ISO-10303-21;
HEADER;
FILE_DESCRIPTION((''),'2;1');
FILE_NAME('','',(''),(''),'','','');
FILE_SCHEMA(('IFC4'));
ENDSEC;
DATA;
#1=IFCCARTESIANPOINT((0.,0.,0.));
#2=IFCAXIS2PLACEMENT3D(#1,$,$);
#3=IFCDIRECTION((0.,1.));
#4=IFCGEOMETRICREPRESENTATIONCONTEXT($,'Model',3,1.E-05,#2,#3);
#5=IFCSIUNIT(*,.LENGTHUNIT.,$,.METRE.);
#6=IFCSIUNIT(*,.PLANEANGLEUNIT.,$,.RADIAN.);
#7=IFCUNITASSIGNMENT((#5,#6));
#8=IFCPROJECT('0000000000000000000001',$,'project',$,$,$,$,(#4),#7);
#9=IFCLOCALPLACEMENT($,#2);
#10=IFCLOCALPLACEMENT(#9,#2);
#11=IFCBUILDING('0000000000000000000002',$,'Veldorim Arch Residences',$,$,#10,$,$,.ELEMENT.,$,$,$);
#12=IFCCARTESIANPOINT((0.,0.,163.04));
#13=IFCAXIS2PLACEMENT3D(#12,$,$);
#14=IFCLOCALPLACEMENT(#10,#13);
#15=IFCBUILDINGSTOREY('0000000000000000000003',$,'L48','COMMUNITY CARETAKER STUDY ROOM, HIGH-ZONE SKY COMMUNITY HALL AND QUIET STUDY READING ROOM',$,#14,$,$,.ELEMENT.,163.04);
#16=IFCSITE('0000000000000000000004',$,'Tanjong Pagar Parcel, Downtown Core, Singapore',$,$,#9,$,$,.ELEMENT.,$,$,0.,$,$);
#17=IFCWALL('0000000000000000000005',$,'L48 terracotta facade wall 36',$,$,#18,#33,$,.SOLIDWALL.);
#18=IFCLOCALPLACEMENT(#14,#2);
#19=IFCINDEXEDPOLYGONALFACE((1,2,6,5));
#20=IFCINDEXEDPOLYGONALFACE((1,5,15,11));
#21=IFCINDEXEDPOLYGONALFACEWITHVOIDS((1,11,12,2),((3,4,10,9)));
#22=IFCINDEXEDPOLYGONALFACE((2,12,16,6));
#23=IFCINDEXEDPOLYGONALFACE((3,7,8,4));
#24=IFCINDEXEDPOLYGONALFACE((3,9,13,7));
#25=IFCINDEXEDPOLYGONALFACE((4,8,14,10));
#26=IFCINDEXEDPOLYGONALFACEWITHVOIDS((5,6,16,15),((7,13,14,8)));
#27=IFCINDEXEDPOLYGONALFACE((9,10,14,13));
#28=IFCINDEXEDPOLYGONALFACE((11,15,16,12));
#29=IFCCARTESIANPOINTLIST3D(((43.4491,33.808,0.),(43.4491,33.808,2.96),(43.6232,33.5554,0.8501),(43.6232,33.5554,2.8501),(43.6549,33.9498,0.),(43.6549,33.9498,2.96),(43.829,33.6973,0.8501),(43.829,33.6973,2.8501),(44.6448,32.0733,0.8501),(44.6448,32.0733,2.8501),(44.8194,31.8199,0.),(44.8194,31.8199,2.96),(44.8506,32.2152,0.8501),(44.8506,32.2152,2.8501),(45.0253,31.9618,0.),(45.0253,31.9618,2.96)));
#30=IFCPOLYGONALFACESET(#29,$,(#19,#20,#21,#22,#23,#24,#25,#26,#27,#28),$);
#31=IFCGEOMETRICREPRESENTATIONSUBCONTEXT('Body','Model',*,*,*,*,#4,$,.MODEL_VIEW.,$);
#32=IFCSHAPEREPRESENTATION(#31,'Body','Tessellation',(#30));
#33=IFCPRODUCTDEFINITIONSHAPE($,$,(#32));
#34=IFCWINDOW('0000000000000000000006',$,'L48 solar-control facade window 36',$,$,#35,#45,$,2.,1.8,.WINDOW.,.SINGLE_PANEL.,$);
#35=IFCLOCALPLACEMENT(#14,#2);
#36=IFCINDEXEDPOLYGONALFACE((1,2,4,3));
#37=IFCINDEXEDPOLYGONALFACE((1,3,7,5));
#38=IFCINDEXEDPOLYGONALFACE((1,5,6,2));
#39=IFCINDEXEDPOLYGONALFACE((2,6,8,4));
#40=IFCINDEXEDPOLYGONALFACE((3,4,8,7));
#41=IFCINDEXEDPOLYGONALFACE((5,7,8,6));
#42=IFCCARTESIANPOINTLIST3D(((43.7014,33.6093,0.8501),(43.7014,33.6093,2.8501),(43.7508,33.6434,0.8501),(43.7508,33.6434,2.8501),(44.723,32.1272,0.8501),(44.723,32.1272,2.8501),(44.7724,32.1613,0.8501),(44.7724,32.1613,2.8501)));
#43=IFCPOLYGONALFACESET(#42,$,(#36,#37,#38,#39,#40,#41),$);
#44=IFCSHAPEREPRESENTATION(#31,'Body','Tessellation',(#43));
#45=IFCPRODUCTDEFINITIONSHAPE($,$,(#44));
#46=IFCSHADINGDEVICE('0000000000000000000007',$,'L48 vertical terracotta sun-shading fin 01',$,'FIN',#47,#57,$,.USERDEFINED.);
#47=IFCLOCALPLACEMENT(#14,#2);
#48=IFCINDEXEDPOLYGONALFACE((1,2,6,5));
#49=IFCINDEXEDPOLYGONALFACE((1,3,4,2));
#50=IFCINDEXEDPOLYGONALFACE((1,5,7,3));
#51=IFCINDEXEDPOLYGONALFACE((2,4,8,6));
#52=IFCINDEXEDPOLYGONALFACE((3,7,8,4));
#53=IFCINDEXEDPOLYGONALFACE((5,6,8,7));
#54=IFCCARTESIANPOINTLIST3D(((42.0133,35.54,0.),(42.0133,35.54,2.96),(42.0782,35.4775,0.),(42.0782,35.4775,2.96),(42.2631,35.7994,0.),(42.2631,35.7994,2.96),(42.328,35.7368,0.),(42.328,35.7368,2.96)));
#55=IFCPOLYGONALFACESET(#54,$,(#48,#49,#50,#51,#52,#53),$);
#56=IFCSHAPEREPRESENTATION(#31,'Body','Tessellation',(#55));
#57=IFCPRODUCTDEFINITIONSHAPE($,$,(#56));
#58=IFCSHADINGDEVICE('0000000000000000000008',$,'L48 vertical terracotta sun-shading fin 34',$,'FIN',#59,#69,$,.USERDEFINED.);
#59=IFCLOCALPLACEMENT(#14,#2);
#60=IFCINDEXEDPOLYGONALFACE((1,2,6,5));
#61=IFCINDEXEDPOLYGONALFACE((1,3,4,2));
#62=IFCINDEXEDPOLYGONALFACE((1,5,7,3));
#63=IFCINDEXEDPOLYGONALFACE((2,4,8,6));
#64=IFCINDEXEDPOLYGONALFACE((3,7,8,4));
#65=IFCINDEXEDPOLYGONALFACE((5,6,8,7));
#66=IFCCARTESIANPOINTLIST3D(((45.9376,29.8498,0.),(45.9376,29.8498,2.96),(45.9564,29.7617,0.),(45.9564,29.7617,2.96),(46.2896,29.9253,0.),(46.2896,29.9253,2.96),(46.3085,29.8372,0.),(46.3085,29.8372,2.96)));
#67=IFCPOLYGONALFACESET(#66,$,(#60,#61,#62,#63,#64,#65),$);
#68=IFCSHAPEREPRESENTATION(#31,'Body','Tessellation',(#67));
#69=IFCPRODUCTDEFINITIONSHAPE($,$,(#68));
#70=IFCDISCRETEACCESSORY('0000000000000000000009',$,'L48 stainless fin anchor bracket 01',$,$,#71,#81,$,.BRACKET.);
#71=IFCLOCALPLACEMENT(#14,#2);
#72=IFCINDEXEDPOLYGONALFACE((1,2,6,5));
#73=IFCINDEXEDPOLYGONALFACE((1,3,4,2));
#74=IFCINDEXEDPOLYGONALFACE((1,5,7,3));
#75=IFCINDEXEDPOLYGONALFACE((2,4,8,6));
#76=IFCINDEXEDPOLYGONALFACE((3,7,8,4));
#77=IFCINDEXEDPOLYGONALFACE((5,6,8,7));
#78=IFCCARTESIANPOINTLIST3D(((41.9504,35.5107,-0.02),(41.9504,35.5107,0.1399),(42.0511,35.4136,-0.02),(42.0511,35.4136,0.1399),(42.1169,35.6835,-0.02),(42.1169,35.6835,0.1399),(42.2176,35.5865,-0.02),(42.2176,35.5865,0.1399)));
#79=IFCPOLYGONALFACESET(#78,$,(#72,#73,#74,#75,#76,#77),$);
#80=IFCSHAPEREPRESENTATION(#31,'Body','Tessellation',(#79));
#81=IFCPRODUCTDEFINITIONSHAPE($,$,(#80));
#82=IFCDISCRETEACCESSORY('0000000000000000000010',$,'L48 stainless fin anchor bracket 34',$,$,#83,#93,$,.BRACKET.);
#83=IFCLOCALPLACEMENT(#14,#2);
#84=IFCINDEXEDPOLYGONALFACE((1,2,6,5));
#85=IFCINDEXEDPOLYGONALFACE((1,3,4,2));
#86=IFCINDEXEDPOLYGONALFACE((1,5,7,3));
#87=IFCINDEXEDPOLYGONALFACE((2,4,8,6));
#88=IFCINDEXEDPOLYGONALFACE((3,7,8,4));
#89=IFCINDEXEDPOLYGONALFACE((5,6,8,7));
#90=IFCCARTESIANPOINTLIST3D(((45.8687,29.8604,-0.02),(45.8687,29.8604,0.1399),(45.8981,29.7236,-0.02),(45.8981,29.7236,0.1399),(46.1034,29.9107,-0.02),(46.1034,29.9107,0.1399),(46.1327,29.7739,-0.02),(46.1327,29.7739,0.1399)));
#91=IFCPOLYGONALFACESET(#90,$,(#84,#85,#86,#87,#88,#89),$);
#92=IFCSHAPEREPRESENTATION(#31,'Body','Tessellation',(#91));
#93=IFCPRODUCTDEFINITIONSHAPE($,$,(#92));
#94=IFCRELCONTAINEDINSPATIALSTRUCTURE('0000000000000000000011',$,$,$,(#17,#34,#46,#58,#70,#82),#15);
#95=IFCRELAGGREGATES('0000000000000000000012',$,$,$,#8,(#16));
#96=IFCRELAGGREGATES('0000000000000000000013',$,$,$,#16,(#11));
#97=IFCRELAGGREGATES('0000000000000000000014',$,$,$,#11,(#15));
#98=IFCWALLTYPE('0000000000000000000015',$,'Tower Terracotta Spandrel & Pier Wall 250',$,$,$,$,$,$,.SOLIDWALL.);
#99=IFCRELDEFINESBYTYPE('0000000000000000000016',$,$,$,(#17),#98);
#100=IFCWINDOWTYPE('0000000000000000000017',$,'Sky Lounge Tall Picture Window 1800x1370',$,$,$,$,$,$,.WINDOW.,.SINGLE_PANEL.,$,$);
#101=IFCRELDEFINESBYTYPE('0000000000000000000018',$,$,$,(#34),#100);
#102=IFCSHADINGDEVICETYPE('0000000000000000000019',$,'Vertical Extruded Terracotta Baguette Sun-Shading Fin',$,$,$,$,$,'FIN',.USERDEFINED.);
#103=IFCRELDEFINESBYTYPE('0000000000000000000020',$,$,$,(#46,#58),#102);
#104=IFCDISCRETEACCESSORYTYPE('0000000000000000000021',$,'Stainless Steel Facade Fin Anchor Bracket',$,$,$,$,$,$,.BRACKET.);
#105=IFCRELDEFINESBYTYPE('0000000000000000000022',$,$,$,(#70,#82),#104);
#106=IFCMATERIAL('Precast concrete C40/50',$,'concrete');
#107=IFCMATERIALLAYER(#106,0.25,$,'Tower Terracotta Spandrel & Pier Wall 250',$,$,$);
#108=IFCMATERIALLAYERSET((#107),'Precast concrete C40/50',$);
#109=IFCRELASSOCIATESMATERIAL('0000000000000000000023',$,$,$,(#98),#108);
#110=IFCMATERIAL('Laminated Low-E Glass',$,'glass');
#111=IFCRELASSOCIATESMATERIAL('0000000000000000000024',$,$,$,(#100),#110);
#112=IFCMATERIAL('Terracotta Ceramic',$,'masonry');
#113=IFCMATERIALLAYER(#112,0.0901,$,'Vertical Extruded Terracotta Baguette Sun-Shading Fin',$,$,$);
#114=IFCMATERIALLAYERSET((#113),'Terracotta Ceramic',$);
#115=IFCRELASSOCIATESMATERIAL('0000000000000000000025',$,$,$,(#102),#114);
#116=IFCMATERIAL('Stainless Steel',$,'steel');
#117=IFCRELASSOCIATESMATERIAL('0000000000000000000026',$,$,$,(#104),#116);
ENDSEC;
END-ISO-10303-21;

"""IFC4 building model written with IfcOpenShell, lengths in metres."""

from ifc_helpers import new_model, si_unit, direction, frame, frame_2d, origin, origin_2d, place, context, subcontext, project, spatial, rectangle, extrude, material, layer, layer_set, type_object, element, fill, save


model = new_model("IFC4")

# Units and contexts
model_context = context("Model", 3, precision=1e-05, world=origin(), true_north=direction((0.0, 1.0)))
body_context = subcontext(model_context, "Body", "Model", "MODEL_VIEW")
ifc_project = project(units=[si_unit("LENGTHUNIT", "METRE"), si_unit("PLANEANGLEUNIT", "RADIAN")], contexts=[model_context])

# Site, building, storey
site_placement = place(None, origin())
site = spatial("IfcSite", under=ifc_project, at=site_placement, Name="Tanjong Pagar Parcel, Downtown Core, Singapore", CompositionType="ELEMENT", RefElevation=0.0)
building_placement = place(site_placement, origin())
building = spatial("IfcBuilding", under=site, at=building_placement, Name="Veldorim Arch Residences", CompositionType="ELEMENT")
storey_placement = place(building_placement, frame((0.0, 0.0, 163.04)))
storey = spatial("IfcBuildingStorey", under=building, at=storey_placement, Name="L48", Description="COMMUNITY CARETAKER STUDY ROOM, HIGH-ZONE SKY COMMUNITY HALL AND QUIET STUDY READING ROOM", CompositionType="ELEMENT", Elevation=163.04)

# Shared definitions
ifc_material_1 = material(Name="Precast concrete C40/50", Category="concrete")
ifc_layer_1 = layer(ifc_material_1, 0.25, Name="Tower Terracotta Spandrel & Pier Wall 250")
ifc_layer_set_1 = layer_set([ifc_layer_1], Name="Precast concrete C40/50")
wall_type_1 = type_object("IfcWallType", Name="Tower Terracotta Spandrel & Pier Wall 250", PredefinedType="SOLIDWALL", material=ifc_layer_set_1)

# Wall, opening, window
wall_1_placement = place(storey_placement, frame((43.552, 33.8789, 0.0), z_axis=(0.0, 0.0, 1.0), x_axis=(0.567537, -0.823348, 0.0)))
wall_1 = element("IfcWall", 1, at=wall_1_placement, inside=storey, type_object=wall_type_1, Name="L48 terracotta facade wall 36", PredefinedType="SOLIDWALL", context=body_context, shape_type="SweptSolid", body=[
    extrude(rectangle(XDim=2.4146, YDim=0.25, at=frame_2d((1.2073, 0.0))), origin(), (0.0, 0.0, 1.0), 2.96),
])
opening_placement = place(wall_1_placement, frame((0.3069, 0.0, 0.8501)))
opening = element("IfcOpeningElement", 2, at=opening_placement, cuts=wall_1, PredefinedType="OPENING", context=body_context, shape_type="SweptSolid", body=[
    extrude(rectangle(XDim=1.8, YDim=2.0, at=frame_2d((0.8999, 1.0))), frame((0.0, 0.135, 0.0), z_axis=(0.0, -1.0, 0.0), x_axis=(1.0, 0.0, 0.0)), (0.0, 0.0, 1.0), 0.27),
])
ifc_material_2 = material(Name="Laminated Low-E Glass", Category="glass")
window_type = type_object("IfcWindowType", Name="Sky Lounge Tall Picture Window 1800x1370", PartitioningType="SINGLE_PANEL", PredefinedType="WINDOW", material=ifc_material_2)
window_placement = place(opening_placement, origin())
window = element("IfcWindow", 3, at=window_placement, inside=storey, type_object=window_type, Name="L48 solar-control facade window 36", OverallHeight=2.0, OverallWidth=1.8, PartitioningType="SINGLE_PANEL", PredefinedType="WINDOW", context=body_context, shape_type="SweptSolid", body=[
    extrude(rectangle(XDim=1.8, YDim=2.0, at=frame_2d((0.8999, 1.0))), frame((0.0, 0.03, 0.0), z_axis=(0.0, -1.0, 0.0), x_axis=(1.0, 0.0, 0.0)), (0.0, 0.0, 1.0), 0.0601),
])
fill(opening, window)

# Shading devices
ifc_material_3 = material(Name="Terracotta Ceramic", Category="masonry")
ifc_layer_2 = layer(ifc_material_3, 0.0901, Name="Vertical Extruded Terracotta Baguette Sun-Shading Fin")
ifc_layer_set_2 = layer_set([ifc_layer_2], Name="Terracotta Ceramic")
shading_device_type = type_object("IfcShadingDeviceType", Name="Vertical Extruded Terracotta Baguette Sun-Shading Fin", ElementType="FIN", PredefinedType="USERDEFINED", material=ifc_layer_set_2)
for number, where, z_axis, x_axis, name in (
    (4, (42.1707, 35.6384, 0.0), (0.0, 0.0, 1.0), (0.720188, -0.693779, 0.0), "L48 vertical terracotta sun-shading fin 01"),
    (5, (46.123, 29.8435, 0.0), (0.0, 0.0, 1.0), (0.209789, -0.977747, 0.0), "L48 vertical terracotta sun-shading fin 34"),
):
    element("IfcShadingDevice", number, at=place(storey_placement, frame(where, z_axis=z_axis, x_axis=x_axis)), inside=storey, type_object=shading_device_type, Name=name, ObjectType="FIN", PredefinedType="USERDEFINED", context=body_context, shape_type="SweptSolid", body=[
        extrude(rectangle(XDim=0.0901, YDim=0.3601, at=origin_2d()), origin(), (0.0, 0.0, 1.0), 2.96),
    ])

# Discrete accessories
ifc_material_4 = material(Name="Stainless Steel", Category="steel")
discrete_accessory_type = type_object("IfcDiscreteAccessoryType", Name="Stainless Steel Facade Fin Anchor Bracket", PredefinedType="BRACKET", material=ifc_material_4)
for number, where, z_axis, x_axis, name in (
    (6, (42.084, 35.5486, -0.02), (0.0, 0.0, 1.0), (0.720188, -0.693779, 0.0), "L48 stainless fin anchor bracket 01"),
    (7, (46.0007, 29.8171, -0.02), (0.0, 0.0, 1.0), (0.209789, -0.977747, 0.0), "L48 stainless fin anchor bracket 34"),
):
    element("IfcDiscreteAccessory", number, at=place(storey_placement, frame(where, z_axis=z_axis, x_axis=x_axis)), inside=storey, type_object=discrete_accessory_type, Name=name, PredefinedType="BRACKET", context=body_context, shape_type="SweptSolid", body=[
        extrude(rectangle(XDim=0.1399, YDim=0.24, at=origin_2d()), origin(), (0.0, 0.0, 1.0), 0.1599),
    ])

save(model, "model.ifc")
